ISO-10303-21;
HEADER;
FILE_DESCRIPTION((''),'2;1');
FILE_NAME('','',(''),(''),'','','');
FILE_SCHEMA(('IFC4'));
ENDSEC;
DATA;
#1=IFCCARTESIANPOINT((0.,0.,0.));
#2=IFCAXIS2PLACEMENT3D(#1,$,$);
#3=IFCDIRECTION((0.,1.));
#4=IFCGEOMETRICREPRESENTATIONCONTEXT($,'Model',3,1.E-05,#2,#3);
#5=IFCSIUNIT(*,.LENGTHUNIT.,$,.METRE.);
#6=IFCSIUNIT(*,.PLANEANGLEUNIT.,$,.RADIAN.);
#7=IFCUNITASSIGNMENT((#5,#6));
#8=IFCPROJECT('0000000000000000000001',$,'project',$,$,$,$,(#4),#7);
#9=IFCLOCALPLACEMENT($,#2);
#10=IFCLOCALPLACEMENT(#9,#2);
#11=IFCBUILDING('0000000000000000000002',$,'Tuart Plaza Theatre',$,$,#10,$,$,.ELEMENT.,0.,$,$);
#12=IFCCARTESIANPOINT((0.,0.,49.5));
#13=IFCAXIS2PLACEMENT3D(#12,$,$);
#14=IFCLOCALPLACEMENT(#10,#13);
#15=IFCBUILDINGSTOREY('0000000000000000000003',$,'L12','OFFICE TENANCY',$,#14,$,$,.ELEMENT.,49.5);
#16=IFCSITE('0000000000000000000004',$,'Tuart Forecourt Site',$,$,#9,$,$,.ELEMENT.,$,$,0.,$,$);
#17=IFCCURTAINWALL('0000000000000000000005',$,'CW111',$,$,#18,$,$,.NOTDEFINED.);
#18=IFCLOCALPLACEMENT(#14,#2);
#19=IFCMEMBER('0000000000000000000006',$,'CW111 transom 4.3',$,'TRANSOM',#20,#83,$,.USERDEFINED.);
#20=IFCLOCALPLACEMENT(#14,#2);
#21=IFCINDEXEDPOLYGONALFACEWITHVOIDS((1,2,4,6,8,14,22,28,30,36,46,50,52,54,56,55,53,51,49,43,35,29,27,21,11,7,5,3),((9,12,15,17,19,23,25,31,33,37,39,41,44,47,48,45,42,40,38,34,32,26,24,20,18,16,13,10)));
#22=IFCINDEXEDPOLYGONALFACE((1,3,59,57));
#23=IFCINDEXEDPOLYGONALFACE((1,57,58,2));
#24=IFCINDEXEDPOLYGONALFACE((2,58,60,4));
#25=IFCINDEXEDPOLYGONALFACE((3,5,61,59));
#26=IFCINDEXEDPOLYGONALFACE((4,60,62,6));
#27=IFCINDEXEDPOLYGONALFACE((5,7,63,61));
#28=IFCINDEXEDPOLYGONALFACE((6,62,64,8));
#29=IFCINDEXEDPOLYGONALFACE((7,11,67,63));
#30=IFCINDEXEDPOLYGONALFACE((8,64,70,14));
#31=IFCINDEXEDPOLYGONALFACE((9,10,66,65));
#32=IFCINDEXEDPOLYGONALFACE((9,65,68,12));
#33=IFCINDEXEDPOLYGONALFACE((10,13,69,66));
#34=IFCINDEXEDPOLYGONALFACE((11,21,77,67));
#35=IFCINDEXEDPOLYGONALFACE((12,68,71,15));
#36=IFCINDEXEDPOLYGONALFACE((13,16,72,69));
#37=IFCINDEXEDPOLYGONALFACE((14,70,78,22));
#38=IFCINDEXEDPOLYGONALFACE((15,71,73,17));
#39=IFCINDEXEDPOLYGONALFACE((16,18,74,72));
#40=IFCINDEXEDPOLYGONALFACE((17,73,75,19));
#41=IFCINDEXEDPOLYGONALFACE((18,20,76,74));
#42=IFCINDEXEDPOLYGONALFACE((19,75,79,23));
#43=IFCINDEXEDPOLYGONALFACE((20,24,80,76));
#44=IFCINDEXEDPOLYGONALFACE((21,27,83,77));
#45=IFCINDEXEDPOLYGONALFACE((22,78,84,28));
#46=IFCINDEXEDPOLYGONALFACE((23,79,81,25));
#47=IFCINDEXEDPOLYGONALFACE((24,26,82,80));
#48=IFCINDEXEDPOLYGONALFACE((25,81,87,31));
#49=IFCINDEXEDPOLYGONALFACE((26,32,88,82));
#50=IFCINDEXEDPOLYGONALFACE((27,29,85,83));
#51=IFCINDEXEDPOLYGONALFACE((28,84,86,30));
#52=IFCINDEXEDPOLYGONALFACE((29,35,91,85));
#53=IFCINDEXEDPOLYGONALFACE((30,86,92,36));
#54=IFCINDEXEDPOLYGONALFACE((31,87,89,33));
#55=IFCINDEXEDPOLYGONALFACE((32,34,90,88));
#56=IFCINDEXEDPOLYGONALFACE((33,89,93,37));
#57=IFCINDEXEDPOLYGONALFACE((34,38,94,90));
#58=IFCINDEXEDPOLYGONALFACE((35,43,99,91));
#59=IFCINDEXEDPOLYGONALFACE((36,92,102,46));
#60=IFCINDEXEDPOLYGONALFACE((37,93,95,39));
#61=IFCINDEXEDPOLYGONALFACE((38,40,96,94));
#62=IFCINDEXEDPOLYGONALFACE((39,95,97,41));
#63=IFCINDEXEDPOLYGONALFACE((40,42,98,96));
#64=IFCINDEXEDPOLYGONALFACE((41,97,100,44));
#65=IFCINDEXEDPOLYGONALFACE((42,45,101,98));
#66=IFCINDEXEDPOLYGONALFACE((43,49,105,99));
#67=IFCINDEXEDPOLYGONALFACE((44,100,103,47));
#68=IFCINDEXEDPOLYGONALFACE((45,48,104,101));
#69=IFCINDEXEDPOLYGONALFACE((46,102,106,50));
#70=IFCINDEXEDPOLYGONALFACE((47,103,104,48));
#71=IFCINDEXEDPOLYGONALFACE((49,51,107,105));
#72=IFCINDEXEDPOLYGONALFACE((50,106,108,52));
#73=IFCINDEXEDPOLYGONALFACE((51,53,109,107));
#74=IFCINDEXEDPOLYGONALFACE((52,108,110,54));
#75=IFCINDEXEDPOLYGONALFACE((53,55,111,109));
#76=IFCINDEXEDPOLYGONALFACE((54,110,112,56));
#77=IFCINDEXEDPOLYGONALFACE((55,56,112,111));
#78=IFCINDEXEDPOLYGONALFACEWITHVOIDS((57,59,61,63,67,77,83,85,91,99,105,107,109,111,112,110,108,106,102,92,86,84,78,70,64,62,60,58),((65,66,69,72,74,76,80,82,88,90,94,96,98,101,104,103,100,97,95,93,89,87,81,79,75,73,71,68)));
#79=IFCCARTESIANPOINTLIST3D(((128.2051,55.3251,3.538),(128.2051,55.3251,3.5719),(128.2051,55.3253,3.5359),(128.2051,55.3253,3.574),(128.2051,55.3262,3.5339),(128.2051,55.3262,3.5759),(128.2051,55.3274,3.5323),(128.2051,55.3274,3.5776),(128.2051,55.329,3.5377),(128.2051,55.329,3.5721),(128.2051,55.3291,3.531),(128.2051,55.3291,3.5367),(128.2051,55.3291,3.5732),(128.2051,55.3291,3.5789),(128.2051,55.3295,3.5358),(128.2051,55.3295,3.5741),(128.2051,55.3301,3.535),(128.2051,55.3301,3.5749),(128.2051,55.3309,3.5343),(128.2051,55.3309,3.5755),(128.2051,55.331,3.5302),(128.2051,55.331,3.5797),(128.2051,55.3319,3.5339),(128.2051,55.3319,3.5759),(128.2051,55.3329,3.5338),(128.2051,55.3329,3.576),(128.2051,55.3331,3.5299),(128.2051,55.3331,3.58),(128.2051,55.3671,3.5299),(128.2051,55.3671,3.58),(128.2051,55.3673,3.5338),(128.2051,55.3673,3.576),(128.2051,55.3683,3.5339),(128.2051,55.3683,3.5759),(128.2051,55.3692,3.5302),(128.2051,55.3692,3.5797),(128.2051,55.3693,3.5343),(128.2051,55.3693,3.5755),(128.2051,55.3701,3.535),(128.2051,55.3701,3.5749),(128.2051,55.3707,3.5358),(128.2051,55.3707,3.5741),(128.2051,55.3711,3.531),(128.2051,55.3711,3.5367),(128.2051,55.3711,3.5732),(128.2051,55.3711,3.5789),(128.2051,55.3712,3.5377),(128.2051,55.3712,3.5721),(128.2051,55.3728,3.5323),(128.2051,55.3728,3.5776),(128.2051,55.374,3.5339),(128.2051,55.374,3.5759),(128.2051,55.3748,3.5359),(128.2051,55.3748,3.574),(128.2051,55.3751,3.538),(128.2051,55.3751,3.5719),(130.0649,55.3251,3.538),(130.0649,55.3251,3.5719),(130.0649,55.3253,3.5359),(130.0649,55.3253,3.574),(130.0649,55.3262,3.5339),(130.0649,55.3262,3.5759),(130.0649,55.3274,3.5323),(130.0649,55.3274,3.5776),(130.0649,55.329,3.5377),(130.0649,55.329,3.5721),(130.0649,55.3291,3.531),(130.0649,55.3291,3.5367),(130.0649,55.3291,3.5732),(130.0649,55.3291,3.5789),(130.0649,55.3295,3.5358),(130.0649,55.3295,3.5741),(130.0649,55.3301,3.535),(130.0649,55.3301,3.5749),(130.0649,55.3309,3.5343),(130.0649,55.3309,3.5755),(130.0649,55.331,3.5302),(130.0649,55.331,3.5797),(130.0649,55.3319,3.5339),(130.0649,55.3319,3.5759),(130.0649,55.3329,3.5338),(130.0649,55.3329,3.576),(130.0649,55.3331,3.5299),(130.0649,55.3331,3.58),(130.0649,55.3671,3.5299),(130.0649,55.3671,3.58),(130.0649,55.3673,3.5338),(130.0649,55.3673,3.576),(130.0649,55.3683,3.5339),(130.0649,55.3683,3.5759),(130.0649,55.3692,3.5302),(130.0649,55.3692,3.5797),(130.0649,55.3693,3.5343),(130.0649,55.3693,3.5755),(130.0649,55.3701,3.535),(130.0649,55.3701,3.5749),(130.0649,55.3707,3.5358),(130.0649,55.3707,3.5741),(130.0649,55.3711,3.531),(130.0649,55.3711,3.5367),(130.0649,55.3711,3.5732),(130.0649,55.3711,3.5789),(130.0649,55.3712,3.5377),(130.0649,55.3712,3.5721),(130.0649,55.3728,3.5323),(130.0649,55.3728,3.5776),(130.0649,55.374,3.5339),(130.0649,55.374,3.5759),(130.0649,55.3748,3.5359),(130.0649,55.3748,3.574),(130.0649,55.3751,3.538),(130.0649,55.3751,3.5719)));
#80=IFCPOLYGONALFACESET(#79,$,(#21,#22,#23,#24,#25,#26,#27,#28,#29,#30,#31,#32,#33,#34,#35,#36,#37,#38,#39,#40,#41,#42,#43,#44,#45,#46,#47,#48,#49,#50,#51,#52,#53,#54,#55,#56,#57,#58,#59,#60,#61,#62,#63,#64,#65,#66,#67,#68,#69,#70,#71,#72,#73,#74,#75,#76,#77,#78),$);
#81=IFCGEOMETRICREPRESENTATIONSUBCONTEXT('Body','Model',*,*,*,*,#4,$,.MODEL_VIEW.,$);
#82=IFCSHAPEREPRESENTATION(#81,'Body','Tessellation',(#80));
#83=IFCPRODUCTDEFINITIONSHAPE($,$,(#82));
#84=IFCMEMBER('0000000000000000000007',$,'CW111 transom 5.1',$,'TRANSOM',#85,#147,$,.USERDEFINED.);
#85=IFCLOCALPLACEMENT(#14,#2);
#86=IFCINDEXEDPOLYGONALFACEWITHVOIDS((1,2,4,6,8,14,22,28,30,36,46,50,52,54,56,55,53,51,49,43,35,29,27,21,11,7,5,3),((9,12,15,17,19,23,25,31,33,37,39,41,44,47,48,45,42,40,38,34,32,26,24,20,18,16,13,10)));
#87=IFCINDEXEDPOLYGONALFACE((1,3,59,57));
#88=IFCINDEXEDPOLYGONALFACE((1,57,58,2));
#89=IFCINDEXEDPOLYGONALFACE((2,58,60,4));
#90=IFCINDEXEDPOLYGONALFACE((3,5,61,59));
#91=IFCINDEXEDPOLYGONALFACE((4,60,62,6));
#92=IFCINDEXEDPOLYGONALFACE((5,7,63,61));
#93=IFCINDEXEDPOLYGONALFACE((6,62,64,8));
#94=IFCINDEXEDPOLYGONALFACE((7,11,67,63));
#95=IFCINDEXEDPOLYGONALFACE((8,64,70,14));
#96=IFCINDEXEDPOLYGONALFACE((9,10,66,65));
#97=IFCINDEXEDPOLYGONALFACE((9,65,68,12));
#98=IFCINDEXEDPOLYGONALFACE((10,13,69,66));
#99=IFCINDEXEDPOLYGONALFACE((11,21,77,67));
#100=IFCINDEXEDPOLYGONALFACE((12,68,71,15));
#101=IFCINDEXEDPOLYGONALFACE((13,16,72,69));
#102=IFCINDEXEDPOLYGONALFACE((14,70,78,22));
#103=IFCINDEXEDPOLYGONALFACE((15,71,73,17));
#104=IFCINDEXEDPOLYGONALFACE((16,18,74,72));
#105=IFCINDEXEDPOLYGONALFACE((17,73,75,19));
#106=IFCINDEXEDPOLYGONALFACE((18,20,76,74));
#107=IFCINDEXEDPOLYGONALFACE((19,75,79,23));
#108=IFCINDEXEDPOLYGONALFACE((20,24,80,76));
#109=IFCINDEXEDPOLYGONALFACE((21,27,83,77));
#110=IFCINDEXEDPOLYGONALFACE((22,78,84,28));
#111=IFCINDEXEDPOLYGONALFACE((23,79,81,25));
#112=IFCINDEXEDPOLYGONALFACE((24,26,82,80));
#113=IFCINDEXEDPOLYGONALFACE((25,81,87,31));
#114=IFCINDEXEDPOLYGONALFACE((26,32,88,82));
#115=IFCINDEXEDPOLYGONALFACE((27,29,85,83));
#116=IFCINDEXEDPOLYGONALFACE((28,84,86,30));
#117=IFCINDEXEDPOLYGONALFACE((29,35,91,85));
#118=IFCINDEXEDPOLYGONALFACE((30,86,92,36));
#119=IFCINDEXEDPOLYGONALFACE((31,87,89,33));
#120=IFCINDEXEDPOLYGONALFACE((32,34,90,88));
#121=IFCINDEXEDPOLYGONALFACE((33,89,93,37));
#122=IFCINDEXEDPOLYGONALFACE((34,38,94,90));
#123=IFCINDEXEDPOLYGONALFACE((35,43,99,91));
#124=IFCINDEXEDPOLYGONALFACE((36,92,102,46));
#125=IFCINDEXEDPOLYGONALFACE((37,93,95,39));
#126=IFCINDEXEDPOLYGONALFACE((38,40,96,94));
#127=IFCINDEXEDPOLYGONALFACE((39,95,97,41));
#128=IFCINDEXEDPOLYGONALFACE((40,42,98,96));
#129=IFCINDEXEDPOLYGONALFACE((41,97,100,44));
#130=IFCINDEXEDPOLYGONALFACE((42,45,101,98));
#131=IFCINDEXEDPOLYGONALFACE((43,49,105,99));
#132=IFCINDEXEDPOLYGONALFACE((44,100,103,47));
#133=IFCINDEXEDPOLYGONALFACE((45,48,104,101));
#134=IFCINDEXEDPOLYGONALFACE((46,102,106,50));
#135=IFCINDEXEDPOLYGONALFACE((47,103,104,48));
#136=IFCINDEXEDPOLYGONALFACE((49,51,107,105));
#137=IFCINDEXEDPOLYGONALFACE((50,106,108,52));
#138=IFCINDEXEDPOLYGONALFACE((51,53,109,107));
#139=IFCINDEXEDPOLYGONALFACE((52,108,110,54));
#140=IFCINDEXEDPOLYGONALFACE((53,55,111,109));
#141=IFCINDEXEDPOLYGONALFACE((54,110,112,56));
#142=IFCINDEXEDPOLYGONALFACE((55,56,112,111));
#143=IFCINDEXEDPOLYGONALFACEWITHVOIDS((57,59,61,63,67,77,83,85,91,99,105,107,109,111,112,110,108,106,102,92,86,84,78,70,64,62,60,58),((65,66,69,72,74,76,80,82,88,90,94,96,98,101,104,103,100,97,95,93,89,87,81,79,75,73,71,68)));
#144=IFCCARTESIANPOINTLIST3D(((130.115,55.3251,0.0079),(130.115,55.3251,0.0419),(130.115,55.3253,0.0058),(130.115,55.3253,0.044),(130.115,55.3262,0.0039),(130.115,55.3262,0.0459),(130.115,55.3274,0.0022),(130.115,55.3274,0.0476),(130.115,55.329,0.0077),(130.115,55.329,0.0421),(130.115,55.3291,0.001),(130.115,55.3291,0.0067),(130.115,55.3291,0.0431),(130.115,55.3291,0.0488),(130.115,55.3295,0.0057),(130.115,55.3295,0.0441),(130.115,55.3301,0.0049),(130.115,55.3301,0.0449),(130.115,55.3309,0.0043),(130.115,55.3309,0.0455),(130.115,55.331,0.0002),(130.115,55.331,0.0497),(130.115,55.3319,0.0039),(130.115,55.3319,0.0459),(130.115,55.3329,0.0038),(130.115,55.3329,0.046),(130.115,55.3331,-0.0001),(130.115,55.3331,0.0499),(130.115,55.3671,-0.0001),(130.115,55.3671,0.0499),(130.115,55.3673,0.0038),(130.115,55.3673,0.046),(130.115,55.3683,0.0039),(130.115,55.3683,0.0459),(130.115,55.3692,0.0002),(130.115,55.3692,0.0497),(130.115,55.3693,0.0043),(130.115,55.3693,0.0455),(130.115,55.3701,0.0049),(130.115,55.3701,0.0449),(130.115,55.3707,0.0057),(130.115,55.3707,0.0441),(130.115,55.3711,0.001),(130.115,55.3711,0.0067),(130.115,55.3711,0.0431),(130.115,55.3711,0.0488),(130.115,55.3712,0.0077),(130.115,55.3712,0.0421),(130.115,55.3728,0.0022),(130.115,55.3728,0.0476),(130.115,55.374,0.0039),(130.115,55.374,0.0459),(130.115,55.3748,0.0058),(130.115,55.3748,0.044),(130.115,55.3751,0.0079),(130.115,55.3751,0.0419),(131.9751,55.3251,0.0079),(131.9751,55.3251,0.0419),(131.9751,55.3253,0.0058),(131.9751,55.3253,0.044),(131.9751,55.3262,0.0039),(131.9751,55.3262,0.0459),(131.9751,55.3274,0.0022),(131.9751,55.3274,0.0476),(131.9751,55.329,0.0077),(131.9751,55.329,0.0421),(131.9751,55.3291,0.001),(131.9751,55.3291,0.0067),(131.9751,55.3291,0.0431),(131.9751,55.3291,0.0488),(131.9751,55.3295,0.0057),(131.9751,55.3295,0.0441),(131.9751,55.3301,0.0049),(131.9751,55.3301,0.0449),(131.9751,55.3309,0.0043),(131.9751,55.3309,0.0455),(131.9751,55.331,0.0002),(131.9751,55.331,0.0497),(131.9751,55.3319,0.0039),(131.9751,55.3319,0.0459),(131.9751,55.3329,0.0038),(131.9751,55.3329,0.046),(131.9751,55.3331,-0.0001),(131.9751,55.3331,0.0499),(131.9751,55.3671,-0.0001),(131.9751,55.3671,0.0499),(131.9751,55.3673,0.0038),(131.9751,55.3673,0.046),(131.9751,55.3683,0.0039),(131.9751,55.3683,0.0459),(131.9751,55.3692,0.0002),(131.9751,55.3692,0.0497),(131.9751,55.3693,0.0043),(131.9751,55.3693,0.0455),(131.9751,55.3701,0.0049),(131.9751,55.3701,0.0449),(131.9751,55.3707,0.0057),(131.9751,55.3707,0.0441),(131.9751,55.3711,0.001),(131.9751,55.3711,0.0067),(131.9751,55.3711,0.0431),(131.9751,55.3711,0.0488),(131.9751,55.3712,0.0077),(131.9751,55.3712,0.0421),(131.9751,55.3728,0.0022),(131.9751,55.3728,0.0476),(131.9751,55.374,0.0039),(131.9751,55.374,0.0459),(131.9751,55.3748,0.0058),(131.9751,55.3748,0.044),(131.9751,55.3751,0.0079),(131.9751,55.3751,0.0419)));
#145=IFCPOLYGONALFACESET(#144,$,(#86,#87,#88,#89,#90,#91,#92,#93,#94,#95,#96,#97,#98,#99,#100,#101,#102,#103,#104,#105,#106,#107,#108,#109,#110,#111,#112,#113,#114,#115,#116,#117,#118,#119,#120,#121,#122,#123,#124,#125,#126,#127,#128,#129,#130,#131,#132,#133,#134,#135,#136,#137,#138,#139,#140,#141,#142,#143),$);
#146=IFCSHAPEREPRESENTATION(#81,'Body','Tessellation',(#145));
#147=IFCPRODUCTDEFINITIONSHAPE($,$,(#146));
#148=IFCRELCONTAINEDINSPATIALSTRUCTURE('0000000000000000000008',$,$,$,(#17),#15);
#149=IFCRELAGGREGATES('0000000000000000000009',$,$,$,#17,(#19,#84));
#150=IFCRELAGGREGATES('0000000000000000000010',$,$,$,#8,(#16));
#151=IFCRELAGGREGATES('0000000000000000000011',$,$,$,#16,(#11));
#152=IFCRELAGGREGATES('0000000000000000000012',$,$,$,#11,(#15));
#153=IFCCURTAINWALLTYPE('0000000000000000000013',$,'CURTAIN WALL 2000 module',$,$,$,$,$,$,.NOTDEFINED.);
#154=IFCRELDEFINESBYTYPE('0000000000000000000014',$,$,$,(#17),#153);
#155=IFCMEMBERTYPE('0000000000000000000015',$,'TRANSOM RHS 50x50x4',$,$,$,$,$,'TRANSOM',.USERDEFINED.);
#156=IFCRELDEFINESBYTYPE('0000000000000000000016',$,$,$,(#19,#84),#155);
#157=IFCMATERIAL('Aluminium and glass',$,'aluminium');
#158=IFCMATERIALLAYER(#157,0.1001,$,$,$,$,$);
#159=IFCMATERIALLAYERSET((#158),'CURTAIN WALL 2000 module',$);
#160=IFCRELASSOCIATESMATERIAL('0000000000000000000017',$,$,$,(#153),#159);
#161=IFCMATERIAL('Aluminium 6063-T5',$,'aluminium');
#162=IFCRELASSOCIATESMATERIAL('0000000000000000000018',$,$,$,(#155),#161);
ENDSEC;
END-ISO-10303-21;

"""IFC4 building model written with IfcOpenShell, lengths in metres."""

from ifc_helpers import new_model, si_unit, direction, frame, origin, origin_2d, place, context, subcontext, project, spatial, hollow_rectangle, extrude, material, layer, layer_set, material_profile, profile_set, type_object, element, aggregate, save


model = new_model("IFC4")

# Units and contexts
model_context = context("Model", 3, precision=1e-05, world=origin(), true_north=direction((0.0, 1.0)))
body_context = subcontext(model_context, "Body", "Model", "MODEL_VIEW")
ifc_project = project(units=[si_unit("LENGTHUNIT", "METRE"), si_unit("PLANEANGLEUNIT", "RADIAN")], contexts=[model_context])

# Site, building, storey
site_placement = place(None, origin())
site = spatial("IfcSite", under=ifc_project, at=site_placement, Name="Tuart Forecourt Site", CompositionType="ELEMENT", RefElevation=0.0)
building_placement = place(site_placement, origin())
building = spatial("IfcBuilding", under=site, at=building_placement, Name="Tuart Plaza Theatre", CompositionType="ELEMENT", ElevationOfRefHeight=0.0)
storey_placement = place(building_placement, frame((0.0, 0.0, 49.5)))
storey = spatial("IfcBuildingStorey", under=building, at=storey_placement, Name="L12", Description="OFFICE TENANCY", CompositionType="ELEMENT", Elevation=49.5)

# Shared definitions
ifc_material_1 = material(Name="Aluminium and glass", Category="aluminium")
ifc_layer_1 = layer(ifc_material_1, 0.1001)
ifc_layer_set_1 = layer_set([ifc_layer_1], Name="CURTAIN WALL 2000 module")
curtain_wall_type = type_object("IfcCurtainWallType", Name="CURTAIN WALL 2000 module", PredefinedType="NOTDEFINED", material=ifc_layer_set_1)

# Curtain wall
curtain_wall_1_placement = place(storey_placement, origin())
curtain_wall_1 = element("IfcCurtainWall", 1, at=curtain_wall_1_placement, inside=storey, type_object=curtain_wall_type, Name="CW111", PredefinedType="NOTDEFINED")

# Members
ifc_material_2 = material(Name="Aluminium 6063-T5", Category="aluminium")
ifc_material_profile_1 = material_profile(ifc_material_2, hollow_rectangle(XDim=0.05, YDim=0.05, WallThickness=0.0039, InnerFilletRadius=0.0039, OuterFilletRadius=0.0081, at=origin_2d()), Name="RHS 50x50x4")
ifc_profile_set_1 = profile_set([ifc_material_profile_1], Name="Aluminium 6063-T5")
member_type_1 = type_object("IfcMemberType", Name="TRANSOM RHS 50x50x4", ElementType="TRANSOM", PredefinedType="USERDEFINED", material=ifc_profile_set_1)
member_1_placement = place(storey_placement, frame((128.2051, 55.3501, 3.5549), z_axis=(1.0, 0.0, 0.0), x_axis=(0.0, 1.0, 0.0)))
member_1 = element("IfcMember", 2, at=member_1_placement, type_object=member_type_1, Name="CW111 transom 4.3", ObjectType="TRANSOM", PredefinedType="USERDEFINED", context=body_context, shape_type="SweptSolid", body=[
    extrude(hollow_rectangle(XDim=0.05, YDim=0.05, WallThickness=0.0039, InnerFilletRadius=0.0039, OuterFilletRadius=0.0081, at=origin_2d()), origin(), (0.0, 0.0, 1.0), 1.8599),
])
member_2_placement = place(storey_placement, frame((130.115, 55.3501, 0.0249), z_axis=(1.0, 0.0, 0.0), x_axis=(0.0, 1.0, 0.0)))
member_2 = element("IfcMember", 3, at=member_2_placement, type_object=member_type_1, Name="CW111 transom 5.1", ObjectType="TRANSOM", PredefinedType="USERDEFINED", context=body_context, shape_type="SweptSolid", body=[
    extrude(hollow_rectangle(XDim=0.05, YDim=0.05, WallThickness=0.0039, InnerFilletRadius=0.0039, OuterFilletRadius=0.0081, at=origin_2d()), origin(), (0.0, 0.0, 1.0), 1.8601),
])

aggregate(curtain_wall_1, [member_1, member_2])

save(model, "model.ifc")
